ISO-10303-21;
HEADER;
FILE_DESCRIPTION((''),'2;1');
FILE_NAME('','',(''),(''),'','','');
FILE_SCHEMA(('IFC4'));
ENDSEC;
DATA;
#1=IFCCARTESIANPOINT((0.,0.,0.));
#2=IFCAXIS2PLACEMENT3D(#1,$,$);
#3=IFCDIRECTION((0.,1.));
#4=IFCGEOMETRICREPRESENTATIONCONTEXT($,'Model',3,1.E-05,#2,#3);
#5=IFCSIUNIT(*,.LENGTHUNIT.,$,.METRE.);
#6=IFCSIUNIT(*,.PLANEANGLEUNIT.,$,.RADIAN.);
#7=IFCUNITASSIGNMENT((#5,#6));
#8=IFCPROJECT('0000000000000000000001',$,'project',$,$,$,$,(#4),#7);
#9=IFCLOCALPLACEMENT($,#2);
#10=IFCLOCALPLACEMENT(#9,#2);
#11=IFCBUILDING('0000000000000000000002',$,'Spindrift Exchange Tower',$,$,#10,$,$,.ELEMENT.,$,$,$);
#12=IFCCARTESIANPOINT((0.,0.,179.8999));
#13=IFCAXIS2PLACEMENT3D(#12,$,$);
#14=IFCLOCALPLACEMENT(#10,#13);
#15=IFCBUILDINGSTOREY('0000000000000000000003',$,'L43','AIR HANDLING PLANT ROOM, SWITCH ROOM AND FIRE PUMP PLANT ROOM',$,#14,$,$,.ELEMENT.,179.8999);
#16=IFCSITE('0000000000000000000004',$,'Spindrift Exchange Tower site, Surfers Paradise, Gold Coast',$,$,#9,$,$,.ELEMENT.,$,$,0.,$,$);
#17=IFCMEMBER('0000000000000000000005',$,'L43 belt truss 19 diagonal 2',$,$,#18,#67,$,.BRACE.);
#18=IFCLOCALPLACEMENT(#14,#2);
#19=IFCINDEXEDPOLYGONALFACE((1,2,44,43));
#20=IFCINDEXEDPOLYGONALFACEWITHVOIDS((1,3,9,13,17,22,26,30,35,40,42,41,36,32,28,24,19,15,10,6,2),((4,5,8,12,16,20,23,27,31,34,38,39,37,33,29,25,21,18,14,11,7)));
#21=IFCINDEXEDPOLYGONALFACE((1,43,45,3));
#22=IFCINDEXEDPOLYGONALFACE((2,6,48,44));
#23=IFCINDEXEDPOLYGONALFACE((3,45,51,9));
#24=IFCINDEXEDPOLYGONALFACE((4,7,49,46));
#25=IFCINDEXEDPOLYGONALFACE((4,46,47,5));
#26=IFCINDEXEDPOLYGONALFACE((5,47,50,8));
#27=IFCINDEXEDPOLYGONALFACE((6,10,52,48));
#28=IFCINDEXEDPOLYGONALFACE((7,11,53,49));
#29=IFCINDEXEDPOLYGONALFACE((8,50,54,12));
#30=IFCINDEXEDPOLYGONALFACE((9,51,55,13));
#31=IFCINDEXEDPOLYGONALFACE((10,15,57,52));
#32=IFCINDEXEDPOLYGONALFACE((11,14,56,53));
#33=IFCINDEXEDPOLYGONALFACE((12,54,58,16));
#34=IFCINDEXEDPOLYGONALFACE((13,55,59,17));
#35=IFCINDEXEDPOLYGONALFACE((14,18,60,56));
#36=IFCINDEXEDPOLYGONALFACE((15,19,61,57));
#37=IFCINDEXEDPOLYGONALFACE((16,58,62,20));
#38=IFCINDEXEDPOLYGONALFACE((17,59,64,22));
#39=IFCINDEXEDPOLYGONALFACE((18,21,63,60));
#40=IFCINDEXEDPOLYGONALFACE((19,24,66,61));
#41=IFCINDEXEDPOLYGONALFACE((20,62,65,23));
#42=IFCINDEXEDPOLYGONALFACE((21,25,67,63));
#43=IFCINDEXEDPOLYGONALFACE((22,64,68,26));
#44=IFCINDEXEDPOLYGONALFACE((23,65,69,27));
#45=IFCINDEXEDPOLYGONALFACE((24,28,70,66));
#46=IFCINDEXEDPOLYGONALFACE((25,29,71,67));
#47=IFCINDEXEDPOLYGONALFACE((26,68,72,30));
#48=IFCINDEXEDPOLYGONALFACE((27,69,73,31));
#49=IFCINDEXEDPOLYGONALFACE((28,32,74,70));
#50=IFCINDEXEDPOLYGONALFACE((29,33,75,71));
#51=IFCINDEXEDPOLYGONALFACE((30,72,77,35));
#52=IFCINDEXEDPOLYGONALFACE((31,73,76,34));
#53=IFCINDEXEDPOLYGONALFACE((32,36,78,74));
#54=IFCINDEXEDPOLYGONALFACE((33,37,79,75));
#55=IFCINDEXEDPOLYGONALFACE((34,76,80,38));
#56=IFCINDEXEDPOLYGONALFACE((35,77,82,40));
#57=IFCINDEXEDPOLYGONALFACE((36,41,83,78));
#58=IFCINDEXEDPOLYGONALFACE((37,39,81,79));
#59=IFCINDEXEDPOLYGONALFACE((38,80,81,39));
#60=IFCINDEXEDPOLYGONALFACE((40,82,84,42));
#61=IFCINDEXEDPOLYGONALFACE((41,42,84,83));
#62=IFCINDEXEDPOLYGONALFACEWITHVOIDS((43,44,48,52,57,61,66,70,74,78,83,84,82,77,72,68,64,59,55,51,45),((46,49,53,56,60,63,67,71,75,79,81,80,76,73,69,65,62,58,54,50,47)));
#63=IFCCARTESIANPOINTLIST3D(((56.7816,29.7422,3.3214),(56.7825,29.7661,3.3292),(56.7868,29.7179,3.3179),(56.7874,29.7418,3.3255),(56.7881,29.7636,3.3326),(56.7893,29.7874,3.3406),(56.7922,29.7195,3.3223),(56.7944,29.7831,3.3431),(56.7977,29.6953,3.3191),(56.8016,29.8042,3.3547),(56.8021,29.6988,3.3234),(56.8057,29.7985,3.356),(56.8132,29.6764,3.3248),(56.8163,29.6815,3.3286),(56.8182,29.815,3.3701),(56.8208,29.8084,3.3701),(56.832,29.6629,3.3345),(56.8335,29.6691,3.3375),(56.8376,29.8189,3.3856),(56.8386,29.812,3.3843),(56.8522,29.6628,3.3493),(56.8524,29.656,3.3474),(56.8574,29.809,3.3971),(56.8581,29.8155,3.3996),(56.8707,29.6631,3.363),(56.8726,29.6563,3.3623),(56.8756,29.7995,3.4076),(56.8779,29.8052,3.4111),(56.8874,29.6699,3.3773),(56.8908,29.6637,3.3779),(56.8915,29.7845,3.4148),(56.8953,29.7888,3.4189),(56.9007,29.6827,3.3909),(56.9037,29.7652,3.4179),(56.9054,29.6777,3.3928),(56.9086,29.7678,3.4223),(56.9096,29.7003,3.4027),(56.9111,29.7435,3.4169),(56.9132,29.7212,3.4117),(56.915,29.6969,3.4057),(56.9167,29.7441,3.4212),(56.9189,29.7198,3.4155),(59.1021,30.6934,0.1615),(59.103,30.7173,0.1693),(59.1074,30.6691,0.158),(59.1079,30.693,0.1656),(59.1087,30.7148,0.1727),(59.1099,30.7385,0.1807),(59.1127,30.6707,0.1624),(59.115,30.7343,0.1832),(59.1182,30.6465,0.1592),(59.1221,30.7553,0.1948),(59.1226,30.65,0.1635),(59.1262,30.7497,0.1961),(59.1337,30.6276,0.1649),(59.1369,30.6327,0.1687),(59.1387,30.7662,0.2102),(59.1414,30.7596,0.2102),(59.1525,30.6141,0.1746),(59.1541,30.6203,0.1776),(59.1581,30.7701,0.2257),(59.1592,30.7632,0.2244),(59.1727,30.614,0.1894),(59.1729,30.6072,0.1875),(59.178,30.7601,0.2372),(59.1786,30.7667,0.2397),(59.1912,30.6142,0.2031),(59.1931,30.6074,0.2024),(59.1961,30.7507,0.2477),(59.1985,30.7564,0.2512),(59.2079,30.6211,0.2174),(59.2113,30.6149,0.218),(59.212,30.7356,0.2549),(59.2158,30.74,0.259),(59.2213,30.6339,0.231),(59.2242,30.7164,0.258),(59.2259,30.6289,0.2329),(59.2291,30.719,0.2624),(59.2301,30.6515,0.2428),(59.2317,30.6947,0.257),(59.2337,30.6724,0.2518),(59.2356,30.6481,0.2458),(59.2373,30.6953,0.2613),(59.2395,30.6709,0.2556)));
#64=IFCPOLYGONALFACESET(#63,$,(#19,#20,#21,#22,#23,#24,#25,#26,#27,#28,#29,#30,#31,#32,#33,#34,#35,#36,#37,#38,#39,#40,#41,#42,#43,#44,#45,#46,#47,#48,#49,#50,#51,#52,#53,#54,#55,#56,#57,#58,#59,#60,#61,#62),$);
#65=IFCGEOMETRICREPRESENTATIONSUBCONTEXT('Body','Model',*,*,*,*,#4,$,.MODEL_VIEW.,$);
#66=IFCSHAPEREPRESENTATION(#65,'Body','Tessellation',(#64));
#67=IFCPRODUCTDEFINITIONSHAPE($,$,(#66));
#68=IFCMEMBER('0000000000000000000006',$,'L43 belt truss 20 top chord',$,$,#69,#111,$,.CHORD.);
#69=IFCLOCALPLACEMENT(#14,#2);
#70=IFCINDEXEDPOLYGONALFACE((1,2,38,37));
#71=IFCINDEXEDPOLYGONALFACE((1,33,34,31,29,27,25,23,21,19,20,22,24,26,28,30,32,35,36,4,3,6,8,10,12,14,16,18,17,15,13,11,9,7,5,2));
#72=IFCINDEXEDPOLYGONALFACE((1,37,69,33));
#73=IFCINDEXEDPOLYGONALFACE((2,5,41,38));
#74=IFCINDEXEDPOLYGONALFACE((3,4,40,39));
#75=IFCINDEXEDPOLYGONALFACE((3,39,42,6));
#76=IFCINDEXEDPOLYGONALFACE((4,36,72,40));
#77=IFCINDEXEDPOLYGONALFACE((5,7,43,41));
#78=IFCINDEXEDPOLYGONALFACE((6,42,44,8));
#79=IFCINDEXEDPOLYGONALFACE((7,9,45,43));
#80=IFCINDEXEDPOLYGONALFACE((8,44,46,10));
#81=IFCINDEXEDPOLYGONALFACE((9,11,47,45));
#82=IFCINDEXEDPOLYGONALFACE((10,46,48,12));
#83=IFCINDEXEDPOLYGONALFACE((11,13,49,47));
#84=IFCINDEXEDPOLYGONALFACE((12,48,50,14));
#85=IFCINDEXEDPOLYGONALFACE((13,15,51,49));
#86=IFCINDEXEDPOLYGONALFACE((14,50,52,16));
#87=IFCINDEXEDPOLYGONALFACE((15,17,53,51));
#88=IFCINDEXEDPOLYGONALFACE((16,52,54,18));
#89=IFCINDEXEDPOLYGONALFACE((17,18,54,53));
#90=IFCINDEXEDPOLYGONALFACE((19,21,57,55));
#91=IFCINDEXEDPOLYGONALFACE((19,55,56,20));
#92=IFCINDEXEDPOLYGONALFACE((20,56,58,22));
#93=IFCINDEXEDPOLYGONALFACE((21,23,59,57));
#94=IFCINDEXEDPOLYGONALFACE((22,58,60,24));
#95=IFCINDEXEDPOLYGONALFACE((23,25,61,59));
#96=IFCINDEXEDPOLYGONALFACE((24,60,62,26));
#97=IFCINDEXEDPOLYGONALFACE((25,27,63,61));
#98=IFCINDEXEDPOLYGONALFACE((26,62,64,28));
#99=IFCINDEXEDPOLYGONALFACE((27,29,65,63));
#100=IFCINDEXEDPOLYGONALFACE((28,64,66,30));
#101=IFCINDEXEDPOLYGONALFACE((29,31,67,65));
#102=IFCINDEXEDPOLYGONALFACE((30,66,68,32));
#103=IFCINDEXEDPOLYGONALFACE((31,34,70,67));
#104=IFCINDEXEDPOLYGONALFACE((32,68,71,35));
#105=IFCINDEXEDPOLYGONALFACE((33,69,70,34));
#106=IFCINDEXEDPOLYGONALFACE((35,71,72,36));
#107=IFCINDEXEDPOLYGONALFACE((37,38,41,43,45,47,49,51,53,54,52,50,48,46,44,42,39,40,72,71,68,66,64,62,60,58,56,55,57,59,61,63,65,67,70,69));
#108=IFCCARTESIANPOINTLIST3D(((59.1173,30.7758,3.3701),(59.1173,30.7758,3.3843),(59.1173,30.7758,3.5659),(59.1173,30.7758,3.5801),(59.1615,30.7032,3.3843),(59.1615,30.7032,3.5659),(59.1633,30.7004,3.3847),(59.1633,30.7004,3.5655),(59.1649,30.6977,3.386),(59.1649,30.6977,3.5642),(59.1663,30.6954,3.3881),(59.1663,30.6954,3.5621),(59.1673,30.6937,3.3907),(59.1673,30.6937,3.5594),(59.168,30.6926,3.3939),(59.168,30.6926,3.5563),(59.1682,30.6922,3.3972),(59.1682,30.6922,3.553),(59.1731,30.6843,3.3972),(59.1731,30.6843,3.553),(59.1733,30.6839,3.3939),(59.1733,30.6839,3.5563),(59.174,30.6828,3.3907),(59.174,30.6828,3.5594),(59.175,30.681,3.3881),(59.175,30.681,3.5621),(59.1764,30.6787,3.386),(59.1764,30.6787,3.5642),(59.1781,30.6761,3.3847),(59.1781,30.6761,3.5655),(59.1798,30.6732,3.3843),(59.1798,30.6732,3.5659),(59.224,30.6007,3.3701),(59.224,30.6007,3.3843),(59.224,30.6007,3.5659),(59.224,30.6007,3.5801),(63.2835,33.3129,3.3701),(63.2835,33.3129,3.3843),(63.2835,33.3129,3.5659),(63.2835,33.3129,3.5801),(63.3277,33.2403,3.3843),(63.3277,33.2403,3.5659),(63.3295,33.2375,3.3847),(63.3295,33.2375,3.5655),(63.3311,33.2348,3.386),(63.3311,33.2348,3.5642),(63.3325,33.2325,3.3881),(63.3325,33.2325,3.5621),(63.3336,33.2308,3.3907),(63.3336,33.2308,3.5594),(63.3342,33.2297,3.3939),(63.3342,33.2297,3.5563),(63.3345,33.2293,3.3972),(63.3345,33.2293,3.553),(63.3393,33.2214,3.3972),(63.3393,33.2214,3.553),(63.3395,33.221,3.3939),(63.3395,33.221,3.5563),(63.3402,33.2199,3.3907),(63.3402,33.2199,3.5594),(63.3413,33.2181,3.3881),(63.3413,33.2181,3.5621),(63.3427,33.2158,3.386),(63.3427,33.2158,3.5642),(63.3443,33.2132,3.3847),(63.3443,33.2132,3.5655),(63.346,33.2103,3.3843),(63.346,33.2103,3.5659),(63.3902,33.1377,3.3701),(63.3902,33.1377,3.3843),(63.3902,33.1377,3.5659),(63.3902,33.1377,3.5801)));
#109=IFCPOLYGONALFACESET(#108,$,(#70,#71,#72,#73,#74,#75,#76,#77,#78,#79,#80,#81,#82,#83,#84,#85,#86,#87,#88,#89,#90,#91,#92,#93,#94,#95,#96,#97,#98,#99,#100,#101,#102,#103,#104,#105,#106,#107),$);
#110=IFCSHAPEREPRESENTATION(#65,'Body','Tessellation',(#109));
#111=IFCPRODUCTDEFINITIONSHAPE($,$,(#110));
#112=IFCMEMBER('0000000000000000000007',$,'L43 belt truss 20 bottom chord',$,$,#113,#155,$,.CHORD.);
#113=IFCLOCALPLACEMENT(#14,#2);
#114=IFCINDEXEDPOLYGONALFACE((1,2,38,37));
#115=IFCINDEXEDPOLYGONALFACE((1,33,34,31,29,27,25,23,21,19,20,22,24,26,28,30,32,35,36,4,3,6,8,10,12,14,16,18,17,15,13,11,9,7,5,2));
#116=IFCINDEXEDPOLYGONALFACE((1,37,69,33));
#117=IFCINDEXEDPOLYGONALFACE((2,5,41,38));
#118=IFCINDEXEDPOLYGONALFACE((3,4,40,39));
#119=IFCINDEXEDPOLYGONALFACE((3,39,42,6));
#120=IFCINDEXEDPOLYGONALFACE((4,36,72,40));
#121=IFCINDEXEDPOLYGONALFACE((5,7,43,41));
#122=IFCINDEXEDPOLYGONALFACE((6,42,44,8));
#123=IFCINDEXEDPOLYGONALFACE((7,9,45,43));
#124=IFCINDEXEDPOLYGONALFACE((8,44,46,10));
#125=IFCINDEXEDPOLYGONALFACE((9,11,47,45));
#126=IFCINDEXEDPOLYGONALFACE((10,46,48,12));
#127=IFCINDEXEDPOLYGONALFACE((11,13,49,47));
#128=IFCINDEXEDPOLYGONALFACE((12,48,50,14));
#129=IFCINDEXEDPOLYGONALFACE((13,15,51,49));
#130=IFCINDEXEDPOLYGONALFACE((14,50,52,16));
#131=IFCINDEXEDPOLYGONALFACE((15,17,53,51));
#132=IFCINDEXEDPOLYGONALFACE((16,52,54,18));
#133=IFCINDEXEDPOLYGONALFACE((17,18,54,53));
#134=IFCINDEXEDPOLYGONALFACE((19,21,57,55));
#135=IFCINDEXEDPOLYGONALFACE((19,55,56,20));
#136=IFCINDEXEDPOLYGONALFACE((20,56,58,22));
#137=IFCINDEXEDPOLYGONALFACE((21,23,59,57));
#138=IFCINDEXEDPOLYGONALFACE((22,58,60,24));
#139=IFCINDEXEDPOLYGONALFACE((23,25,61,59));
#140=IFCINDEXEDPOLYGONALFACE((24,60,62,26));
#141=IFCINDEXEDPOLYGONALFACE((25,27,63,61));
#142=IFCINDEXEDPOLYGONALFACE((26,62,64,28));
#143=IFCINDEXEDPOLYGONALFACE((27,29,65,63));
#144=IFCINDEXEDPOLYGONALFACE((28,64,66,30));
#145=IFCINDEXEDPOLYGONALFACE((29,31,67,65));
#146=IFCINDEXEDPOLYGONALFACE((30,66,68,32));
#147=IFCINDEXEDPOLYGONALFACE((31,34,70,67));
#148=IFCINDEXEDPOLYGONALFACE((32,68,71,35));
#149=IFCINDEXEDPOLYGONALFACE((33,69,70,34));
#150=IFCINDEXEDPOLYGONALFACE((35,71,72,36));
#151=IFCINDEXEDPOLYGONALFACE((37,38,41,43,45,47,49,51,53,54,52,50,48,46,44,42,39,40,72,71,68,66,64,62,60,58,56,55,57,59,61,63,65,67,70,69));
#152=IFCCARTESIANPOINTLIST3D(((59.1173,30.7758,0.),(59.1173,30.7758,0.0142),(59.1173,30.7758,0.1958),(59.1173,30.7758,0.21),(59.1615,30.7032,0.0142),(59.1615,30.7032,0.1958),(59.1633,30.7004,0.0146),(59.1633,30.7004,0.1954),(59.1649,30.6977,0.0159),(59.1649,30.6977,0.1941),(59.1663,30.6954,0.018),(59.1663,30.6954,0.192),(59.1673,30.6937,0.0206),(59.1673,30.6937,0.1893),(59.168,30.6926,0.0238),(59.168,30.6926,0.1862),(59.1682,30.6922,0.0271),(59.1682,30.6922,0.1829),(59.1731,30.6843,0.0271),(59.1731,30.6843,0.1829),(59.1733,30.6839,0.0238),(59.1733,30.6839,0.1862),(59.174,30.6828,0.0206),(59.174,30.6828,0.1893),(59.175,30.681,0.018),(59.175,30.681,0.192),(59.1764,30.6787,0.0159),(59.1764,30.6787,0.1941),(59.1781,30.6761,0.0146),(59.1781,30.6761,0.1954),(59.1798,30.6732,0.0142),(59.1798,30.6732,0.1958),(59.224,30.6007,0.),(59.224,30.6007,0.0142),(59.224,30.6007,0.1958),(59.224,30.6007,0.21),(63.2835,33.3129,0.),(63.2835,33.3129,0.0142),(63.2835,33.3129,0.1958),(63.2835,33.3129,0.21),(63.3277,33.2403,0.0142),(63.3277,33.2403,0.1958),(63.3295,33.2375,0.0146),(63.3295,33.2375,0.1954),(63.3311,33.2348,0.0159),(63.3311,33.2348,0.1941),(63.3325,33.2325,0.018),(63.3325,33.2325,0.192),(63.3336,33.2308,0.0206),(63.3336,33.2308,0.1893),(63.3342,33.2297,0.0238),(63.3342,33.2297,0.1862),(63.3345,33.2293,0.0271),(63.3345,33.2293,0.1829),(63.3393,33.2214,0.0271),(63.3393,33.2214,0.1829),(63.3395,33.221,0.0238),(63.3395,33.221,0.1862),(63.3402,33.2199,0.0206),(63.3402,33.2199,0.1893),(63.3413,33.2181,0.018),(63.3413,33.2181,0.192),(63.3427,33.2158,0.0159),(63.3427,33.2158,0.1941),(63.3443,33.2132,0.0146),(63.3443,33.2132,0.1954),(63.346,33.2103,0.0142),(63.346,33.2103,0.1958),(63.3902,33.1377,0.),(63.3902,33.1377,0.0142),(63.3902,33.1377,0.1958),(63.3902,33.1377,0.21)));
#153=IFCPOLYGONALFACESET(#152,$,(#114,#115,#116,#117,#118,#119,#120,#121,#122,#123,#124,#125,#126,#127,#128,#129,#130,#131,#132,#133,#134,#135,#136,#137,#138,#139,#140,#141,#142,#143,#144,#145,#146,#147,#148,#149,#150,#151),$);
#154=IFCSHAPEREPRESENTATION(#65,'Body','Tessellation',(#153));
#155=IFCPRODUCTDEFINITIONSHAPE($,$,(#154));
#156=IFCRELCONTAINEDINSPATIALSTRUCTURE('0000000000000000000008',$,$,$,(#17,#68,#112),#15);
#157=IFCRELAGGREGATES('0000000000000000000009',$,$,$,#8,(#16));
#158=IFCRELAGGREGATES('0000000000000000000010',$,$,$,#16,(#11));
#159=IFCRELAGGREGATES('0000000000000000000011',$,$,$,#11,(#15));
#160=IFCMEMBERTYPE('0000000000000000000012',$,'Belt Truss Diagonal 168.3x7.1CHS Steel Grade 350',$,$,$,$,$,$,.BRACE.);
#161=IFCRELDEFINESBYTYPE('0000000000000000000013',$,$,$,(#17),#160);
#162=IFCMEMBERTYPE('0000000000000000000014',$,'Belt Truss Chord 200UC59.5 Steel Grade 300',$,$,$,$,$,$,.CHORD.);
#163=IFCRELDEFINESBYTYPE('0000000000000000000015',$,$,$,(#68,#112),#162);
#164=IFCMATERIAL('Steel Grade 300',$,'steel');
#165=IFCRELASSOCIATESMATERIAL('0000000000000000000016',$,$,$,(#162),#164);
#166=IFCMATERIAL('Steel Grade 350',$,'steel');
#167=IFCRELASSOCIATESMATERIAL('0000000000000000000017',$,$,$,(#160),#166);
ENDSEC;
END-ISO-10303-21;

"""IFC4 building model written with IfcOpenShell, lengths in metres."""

from ifc_helpers import new_model, si_unit, direction, frame, origin, origin_2d, place, context, subcontext, project, spatial, hollow_circle, i_section, extrude, source, transform, mapped, material, material_profile, profile_set, type_object, element, save


model = new_model("IFC4")

# Units and contexts
model_context = context("Model", 3, precision=1e-05, world=origin(), true_north=direction((0.0, 1.0)))
body_context = subcontext(model_context, "Body", "Model", "MODEL_VIEW")
ifc_project = project(units=[si_unit("LENGTHUNIT", "METRE"), si_unit("PLANEANGLEUNIT", "RADIAN")], contexts=[model_context])

# Site, building, storey
site_placement = place(None, origin())
site = spatial("IfcSite", under=ifc_project, at=site_placement, Name="Spindrift Exchange Tower site, Surfers Paradise, Gold Coast", CompositionType="ELEMENT", RefElevation=0.0)
building_placement = place(site_placement, origin())
building = spatial("IfcBuilding", under=site, at=building_placement, Name="Spindrift Exchange Tower", CompositionType="ELEMENT")
storey_placement = place(building_placement, frame((0.0, 0.0, 179.8999)))
storey = spatial("IfcBuildingStorey", under=building, at=storey_placement, Name="L43", Description="AIR HANDLING PLANT ROOM, SWITCH ROOM AND FIRE PUMP PLANT ROOM", CompositionType="ELEMENT", Elevation=179.8999)

# Shared definitions
ifc_material_1 = material(Name="Steel Grade 300", Category="steel")

# Members
ifc_material_profile_1 = material_profile(ifc_material_1, i_section(OverallWidth=0.2051, OverallDepth=0.21, WebThickness=0.0093, FlangeThickness=0.0142, FilletRadius=0.0129, at=origin_2d()), Name="200UC59.5")
ifc_profile_set_1 = profile_set([ifc_material_profile_1], Name="Steel Grade 300")
member_type_1 = type_object("IfcMemberType", Name="Belt Truss Chord 200UC59.5 Steel Grade 300", PredefinedType="CHORD", material=ifc_profile_set_1)
ifc_material_2 = material(Name="Steel Grade 350", Category="steel")
ifc_material_profile_2 = material_profile(ifc_material_2, hollow_circle(Radius=0.0842, WallThickness=0.0071, at=origin_2d()), Name="168.3x7.1CHS")
ifc_profile_set_2 = profile_set([ifc_material_profile_2], Name="Steel Grade 350")
member_type_2 = type_object("IfcMemberType", Name="Belt Truss Diagonal 168.3x7.1CHS Steel Grade 350", PredefinedType="BRACE", material=ifc_profile_set_2)
shared_shape_1 = source(origin(), body_context, "Body", "SweptSolid", [
    extrude(hollow_circle(Radius=0.0842, WallThickness=0.0071, at=origin_2d()), origin(), (0.0, 0.0, 1.0), 4.0342),
])
for number, where, z_axis, x_axis, name in (
    (1, (56.8501, 29.7371, 3.3701), (0.575221, 0.235777, -0.783281), (-0.379266, 0.925288, 0.0), "L43 belt truss 19 diagonal 2"),
):
    element("IfcMember", number, at=place(storey_placement, frame(where, z_axis=z_axis, x_axis=x_axis)), inside=storey, type_object=member_type_2, Name=name, PredefinedType="BRACE", context=body_context, shape_type="MappedRepresentation", body=[
        mapped(shared_shape_1, transform((0.0, 0.0, 0.0), scale=1.0)),
    ])
shared_shape_2 = source(origin(), body_context, "Body", "SweptSolid", [
    extrude(i_section(OverallWidth=0.2051, OverallDepth=0.21, WebThickness=0.0093, FlangeThickness=0.0142, FilletRadius=0.0129, at=origin_2d()), origin(), (0.0, 0.0, 1.0), 4.8779),
])
for number, where, z_axis, x_axis, name in (
    (2, (59.1707, 30.6882, 3.4751), (0.854096, 0.520115, 0.0), (-0.520115, 0.854096, 0.0), "L43 belt truss 20 top chord"),
    (3, (59.1707, 30.6882, 0.105), (0.854096, 0.520115, 0.0), (-0.520115, 0.854096, 0.0), "L43 belt truss 20 bottom chord"),
):
    element("IfcMember", number, at=place(storey_placement, frame(where, z_axis=z_axis, x_axis=x_axis)), inside=storey, type_object=member_type_1, Name=name, PredefinedType="CHORD", context=body_context, shape_type="MappedRepresentation", body=[
        mapped(shared_shape_2, transform((0.0, 0.0, 0.0), scale=1.0)),
    ])

save(model, "model.ifc")
